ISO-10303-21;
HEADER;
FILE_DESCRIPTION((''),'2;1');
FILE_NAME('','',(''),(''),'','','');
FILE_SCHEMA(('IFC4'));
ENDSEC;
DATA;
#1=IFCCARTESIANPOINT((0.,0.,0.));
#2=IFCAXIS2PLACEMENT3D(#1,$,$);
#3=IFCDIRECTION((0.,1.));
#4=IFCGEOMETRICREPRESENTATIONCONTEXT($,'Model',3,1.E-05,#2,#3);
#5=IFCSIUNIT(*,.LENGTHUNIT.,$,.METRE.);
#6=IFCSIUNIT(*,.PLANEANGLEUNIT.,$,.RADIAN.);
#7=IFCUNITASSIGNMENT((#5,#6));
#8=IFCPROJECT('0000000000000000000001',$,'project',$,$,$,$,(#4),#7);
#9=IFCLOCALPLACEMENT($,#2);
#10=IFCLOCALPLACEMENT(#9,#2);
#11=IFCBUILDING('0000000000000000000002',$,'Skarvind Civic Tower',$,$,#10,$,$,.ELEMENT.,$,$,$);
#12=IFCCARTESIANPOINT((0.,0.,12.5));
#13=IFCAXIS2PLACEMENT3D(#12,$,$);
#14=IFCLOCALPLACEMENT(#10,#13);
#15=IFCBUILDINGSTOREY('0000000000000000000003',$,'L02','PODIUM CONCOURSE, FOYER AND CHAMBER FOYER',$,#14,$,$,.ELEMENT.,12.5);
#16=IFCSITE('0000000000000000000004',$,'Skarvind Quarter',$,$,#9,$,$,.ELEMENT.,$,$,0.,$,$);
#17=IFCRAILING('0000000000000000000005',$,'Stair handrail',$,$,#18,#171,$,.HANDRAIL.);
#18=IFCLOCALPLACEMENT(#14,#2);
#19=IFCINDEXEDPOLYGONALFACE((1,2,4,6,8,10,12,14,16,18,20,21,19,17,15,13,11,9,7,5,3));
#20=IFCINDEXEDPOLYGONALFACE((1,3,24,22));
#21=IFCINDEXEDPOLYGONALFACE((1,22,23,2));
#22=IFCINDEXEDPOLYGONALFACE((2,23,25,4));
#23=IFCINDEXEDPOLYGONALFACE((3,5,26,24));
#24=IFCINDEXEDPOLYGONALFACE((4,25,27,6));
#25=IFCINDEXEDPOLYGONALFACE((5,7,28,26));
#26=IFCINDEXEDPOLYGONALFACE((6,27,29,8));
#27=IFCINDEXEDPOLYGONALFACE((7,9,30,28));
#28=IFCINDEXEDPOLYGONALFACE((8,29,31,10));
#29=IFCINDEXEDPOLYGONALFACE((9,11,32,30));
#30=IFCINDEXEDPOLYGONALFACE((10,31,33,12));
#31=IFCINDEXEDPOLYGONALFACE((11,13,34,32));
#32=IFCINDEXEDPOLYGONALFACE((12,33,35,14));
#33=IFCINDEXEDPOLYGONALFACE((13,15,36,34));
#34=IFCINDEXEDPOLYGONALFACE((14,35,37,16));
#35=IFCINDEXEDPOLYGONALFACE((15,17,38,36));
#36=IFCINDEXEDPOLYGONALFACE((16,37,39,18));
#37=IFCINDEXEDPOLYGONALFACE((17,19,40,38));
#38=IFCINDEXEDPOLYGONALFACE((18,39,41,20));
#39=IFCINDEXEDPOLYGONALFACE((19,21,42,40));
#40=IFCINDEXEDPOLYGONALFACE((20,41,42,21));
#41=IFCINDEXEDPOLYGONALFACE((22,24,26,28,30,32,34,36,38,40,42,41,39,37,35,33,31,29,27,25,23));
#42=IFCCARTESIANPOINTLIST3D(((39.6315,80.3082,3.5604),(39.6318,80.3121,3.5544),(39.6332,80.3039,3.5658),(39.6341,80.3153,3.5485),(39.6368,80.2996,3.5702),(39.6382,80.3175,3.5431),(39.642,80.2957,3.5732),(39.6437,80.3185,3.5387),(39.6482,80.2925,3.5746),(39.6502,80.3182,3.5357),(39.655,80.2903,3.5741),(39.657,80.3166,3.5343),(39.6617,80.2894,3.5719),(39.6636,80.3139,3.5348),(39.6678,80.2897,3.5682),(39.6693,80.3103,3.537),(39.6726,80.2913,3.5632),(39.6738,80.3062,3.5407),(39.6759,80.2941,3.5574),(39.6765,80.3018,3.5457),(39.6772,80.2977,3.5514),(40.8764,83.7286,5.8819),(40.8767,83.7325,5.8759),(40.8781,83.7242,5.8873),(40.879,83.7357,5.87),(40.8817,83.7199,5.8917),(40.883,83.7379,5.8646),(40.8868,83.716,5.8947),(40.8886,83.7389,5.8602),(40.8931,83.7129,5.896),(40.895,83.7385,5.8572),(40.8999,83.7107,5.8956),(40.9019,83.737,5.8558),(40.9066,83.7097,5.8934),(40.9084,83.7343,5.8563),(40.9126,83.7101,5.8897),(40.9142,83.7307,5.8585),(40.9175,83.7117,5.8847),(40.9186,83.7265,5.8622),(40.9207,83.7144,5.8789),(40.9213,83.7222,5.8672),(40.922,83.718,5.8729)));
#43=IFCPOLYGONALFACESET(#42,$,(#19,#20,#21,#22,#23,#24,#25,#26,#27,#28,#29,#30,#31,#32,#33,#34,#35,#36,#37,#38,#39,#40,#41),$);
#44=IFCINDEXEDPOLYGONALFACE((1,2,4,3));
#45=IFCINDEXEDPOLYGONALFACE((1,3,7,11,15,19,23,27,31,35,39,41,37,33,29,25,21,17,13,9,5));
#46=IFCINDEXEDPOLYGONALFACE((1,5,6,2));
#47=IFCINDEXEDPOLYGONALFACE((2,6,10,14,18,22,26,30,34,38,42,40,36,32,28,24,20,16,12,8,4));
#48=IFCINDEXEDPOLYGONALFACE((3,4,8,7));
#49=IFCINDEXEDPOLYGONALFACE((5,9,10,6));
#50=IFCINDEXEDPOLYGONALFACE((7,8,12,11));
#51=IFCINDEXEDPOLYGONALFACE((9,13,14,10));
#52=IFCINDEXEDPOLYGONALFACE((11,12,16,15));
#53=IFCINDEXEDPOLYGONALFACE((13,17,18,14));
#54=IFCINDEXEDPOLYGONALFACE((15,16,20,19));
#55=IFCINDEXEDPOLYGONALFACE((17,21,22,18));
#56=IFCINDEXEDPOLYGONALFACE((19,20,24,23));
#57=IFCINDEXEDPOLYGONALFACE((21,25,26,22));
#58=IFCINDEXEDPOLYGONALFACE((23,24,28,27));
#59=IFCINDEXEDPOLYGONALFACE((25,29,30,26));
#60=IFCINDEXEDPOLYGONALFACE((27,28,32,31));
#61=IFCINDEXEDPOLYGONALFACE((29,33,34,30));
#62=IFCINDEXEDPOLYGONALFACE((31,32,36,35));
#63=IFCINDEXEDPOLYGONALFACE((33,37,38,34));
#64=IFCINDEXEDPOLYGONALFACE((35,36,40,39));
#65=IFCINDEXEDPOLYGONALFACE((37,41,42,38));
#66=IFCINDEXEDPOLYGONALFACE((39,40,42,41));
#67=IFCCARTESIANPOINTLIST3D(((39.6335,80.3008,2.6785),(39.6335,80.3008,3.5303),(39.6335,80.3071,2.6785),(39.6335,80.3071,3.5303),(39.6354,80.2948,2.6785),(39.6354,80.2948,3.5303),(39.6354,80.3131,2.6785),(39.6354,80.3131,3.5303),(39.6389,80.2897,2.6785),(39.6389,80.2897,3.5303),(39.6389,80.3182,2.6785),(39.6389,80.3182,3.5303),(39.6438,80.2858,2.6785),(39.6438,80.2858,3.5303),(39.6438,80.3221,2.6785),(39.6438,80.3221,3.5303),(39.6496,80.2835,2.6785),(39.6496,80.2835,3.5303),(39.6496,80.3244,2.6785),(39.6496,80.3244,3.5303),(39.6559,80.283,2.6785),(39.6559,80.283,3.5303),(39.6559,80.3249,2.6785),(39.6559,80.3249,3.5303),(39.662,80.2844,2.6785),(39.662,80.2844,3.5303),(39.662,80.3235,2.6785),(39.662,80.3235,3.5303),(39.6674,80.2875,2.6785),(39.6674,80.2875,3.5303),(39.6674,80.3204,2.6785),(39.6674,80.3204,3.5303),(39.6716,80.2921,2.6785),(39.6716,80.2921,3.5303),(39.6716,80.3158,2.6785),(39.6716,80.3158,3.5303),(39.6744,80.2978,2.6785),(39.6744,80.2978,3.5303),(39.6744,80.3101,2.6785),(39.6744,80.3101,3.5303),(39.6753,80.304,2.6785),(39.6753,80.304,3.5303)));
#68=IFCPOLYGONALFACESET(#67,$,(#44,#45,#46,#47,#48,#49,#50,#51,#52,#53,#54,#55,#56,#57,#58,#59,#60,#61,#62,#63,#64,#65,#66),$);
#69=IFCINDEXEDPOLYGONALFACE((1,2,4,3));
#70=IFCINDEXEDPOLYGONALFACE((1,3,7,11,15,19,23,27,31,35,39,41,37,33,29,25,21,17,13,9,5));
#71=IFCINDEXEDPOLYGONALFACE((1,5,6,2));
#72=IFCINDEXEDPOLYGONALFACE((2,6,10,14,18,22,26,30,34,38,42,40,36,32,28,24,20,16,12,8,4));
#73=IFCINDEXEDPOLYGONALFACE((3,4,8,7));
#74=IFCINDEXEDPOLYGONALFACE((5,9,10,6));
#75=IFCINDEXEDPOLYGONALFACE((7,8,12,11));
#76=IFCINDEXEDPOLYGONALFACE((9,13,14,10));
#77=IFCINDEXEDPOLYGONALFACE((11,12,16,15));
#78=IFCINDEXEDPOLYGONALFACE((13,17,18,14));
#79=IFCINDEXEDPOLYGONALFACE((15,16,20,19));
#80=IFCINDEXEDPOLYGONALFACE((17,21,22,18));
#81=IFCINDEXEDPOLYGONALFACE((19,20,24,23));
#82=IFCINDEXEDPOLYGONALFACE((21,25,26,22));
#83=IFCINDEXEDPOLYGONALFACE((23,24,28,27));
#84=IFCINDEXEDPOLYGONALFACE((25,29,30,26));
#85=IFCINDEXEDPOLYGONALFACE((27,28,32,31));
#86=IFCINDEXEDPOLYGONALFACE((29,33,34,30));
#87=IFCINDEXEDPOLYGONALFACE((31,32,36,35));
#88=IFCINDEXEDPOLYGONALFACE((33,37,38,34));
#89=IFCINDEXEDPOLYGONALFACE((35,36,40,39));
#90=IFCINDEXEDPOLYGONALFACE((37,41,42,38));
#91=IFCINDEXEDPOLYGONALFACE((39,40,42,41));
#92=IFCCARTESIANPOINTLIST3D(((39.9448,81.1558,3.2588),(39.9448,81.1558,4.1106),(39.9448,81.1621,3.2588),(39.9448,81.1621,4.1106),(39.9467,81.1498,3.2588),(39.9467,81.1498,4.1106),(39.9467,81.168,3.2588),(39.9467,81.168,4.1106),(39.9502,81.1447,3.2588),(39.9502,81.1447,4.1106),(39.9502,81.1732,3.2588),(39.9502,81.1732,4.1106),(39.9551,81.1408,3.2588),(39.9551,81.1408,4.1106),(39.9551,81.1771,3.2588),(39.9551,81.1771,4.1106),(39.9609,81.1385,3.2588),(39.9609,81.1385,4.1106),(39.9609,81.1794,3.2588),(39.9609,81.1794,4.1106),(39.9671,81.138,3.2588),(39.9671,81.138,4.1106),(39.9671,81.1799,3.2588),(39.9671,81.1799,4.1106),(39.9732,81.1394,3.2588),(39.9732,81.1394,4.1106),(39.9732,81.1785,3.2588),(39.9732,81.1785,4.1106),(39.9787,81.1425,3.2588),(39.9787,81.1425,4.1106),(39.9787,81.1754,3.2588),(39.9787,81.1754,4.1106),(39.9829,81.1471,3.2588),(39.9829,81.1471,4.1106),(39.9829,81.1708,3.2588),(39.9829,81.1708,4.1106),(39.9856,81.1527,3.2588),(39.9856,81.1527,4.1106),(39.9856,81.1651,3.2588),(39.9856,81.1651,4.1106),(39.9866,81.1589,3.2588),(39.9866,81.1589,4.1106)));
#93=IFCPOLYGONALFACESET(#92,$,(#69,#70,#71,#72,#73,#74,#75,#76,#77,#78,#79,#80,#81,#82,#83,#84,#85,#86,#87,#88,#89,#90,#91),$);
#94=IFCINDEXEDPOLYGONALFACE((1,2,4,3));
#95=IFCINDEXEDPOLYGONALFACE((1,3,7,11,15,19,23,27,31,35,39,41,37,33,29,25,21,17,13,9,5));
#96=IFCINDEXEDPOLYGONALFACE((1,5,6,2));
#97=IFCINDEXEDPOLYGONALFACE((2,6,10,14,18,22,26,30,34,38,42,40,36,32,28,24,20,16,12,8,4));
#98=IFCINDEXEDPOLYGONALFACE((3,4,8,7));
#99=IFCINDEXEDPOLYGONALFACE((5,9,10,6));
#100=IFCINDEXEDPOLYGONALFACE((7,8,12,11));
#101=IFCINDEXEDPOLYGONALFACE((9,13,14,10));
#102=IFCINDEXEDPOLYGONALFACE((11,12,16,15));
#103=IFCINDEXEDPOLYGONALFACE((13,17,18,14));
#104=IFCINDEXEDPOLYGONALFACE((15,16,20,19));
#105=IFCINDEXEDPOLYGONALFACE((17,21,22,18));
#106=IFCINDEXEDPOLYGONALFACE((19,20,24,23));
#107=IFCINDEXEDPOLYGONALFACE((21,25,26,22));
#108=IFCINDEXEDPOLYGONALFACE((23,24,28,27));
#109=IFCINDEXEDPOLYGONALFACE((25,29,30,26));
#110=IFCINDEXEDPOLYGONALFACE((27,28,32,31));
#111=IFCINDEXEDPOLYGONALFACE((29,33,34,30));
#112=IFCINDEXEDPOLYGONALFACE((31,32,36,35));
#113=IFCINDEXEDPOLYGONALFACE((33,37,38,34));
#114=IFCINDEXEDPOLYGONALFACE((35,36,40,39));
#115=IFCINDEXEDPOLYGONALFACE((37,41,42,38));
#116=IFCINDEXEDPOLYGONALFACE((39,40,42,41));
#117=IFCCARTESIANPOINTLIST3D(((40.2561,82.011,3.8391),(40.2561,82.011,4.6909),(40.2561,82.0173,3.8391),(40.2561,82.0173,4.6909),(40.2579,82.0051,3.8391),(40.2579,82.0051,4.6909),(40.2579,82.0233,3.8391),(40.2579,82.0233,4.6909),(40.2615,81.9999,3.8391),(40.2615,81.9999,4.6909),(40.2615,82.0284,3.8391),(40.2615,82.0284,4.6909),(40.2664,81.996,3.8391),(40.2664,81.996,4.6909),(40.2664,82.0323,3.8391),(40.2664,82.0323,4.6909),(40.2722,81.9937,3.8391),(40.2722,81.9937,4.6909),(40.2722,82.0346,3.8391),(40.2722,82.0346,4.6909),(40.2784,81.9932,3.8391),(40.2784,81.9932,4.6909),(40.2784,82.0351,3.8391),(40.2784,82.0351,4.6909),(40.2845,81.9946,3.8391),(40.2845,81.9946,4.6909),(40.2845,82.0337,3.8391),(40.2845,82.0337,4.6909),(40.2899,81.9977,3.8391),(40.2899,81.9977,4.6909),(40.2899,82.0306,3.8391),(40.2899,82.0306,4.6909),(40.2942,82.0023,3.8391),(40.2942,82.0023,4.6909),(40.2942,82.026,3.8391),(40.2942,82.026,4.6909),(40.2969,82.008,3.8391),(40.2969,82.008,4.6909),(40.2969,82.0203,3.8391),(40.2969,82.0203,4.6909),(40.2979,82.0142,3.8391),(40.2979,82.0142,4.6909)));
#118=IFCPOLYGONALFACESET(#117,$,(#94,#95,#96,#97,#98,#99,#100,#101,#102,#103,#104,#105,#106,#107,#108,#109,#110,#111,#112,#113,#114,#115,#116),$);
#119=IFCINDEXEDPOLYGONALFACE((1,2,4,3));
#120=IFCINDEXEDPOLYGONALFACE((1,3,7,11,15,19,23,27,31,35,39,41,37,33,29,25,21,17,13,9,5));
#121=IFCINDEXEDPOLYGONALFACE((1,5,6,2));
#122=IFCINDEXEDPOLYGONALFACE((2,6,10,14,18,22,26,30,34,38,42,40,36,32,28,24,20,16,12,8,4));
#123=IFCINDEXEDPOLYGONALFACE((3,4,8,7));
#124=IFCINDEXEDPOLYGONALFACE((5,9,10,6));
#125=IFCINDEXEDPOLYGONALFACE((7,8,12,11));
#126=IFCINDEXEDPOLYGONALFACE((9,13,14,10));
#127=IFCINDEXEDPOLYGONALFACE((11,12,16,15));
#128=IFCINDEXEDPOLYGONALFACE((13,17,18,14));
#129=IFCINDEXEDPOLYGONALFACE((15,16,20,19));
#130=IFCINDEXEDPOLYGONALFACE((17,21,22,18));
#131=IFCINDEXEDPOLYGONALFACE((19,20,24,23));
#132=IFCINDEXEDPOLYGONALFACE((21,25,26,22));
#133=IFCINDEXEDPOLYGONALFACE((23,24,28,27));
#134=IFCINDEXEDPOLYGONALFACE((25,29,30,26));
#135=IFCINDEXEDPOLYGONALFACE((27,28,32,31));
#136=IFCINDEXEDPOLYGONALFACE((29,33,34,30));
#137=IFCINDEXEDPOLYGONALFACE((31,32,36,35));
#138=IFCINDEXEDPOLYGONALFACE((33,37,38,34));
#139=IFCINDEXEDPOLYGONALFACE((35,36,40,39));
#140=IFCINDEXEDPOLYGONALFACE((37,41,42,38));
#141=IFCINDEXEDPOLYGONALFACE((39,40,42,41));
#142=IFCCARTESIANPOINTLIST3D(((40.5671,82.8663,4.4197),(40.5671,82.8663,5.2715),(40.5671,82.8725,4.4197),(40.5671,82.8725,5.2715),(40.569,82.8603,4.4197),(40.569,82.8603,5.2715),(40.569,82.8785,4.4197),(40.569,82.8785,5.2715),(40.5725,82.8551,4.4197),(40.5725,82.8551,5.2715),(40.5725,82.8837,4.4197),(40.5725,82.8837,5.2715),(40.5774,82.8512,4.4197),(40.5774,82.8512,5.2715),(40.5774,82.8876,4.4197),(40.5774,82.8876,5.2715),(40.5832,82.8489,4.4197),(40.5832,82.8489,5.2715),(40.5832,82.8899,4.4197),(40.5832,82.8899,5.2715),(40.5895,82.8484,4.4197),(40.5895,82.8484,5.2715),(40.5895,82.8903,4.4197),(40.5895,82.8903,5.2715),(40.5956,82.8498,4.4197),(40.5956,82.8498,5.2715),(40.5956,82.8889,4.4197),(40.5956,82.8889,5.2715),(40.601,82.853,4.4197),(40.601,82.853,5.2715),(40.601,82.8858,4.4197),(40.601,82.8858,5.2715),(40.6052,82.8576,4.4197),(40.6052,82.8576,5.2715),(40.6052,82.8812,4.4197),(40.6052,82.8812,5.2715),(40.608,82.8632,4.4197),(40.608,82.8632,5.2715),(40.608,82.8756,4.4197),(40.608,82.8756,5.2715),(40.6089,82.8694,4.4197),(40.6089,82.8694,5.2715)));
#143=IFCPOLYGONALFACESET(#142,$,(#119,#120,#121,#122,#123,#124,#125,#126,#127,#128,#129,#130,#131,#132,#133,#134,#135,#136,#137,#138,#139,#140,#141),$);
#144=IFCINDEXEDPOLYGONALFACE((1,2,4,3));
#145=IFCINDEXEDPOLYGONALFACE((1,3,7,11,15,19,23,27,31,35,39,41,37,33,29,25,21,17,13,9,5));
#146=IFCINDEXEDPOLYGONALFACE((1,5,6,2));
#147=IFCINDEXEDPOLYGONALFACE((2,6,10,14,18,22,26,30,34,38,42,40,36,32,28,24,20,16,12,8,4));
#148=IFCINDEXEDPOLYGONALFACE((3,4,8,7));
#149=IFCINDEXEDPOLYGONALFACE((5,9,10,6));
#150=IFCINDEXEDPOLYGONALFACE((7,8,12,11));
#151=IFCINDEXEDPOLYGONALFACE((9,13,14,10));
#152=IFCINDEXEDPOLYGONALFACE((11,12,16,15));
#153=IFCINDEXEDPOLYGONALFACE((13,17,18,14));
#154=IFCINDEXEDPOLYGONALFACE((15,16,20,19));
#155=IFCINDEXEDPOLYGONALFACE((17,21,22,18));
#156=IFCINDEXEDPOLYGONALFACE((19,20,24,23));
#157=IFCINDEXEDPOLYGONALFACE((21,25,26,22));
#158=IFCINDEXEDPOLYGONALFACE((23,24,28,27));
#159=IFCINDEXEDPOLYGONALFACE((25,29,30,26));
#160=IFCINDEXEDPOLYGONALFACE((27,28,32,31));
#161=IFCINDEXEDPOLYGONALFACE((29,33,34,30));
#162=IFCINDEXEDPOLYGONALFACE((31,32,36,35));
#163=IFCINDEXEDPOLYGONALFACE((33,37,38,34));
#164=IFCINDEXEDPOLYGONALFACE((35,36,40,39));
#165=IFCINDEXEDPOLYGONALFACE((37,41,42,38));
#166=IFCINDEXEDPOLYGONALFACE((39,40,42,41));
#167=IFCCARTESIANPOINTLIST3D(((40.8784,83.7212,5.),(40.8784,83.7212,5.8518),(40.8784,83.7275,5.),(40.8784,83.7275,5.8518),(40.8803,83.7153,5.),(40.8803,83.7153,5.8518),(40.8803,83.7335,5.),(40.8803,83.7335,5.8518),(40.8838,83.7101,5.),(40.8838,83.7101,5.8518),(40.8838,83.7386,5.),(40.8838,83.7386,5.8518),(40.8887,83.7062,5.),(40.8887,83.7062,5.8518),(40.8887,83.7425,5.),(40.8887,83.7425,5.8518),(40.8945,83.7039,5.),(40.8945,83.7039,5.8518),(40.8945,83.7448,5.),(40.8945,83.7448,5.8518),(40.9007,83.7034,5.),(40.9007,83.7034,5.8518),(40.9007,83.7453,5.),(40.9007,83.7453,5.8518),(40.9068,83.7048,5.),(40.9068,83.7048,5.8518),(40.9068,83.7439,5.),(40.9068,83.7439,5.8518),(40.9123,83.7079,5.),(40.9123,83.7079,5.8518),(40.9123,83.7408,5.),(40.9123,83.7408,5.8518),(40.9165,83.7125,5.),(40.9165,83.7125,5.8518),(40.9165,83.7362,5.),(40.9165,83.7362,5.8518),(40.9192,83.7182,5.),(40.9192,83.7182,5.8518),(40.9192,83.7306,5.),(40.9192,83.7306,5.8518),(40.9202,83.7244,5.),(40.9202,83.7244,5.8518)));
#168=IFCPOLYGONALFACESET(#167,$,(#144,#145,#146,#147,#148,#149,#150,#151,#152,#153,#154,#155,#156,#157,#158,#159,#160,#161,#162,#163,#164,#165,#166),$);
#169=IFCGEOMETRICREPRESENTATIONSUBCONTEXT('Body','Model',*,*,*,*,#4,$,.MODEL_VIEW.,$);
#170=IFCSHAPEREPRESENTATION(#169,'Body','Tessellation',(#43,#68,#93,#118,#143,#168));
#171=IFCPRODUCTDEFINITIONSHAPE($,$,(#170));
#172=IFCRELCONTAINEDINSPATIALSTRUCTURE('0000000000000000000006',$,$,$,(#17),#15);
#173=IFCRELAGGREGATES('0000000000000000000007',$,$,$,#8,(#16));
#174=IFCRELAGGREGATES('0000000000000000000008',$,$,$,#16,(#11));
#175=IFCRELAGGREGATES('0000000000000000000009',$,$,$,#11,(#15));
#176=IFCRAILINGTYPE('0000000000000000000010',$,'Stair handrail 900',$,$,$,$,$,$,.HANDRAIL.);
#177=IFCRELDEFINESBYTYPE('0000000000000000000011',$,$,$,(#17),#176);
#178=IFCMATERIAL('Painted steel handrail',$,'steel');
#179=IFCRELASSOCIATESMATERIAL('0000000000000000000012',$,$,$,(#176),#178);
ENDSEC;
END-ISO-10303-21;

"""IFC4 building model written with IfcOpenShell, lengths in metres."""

from ifc_helpers import new_model, si_unit, direction, frame, origin, origin_2d, place, context, subcontext, project, spatial, circle, extrude, material, type_object, element, save


model = new_model("IFC4")

# Units and contexts
model_context = context("Model", 3, precision=1e-05, world=origin(), true_north=direction((0.0, 1.0)))
body_context = subcontext(model_context, "Body", "Model", "MODEL_VIEW")
ifc_project = project(units=[si_unit("LENGTHUNIT", "METRE"), si_unit("PLANEANGLEUNIT", "RADIAN")], contexts=[model_context])

# Site, building, storey
site_placement = place(None, origin())
site = spatial("IfcSite", under=ifc_project, at=site_placement, Name="Skarvind Quarter", CompositionType="ELEMENT", RefElevation=0.0)
building_placement = place(site_placement, origin())
building = spatial("IfcBuilding", under=site, at=building_placement, Name="Skarvind Civic Tower", CompositionType="ELEMENT")
storey_placement = place(building_placement, frame((0.0, 0.0, 12.5)))
storey = spatial("IfcBuildingStorey", under=building, at=storey_placement, Name="L02", Description="PODIUM CONCOURSE, FOYER AND CHAMBER FOYER", CompositionType="ELEMENT", Elevation=12.5)

# Railing
ifc_material_1 = material(Name="Painted steel handrail", Category="steel")
railing_type = type_object("IfcRailingType", Name="Stair handrail 900", PredefinedType="HANDRAIL", material=ifc_material_1)
railing_1_placement = place(storey_placement, frame((39.6543, 80.304, 2.6785)))
element("IfcRailing", 1, at=railing_1_placement, inside=storey, type_object=railing_type, Name="Stair handrail", PredefinedType="HANDRAIL", context=body_context, shape_type="SweptSolid", body=[
    extrude(circle(Radius=0.0239, at=origin_2d()), frame((0.0, 0.0, 0.876), z_axis=(0.28835, 0.792271, 0.537737), x_axis=(-0.939697, 0.342007, 0.0)), (0.0, 0.0, 1.0), 4.3171),
    extrude(circle(Radius=0.021, at=origin_2d()), origin(), (0.0, 0.0, 1.0), 0.8518),
    extrude(circle(Radius=0.021, at=origin_2d()), frame((0.3113, 0.855, 0.5803)), (0.0, 0.0, 1.0), 0.8518),
    extrude(circle(Radius=0.021, at=origin_2d()), frame((0.6226, 1.7102, 1.1606)), (0.0, 0.0, 1.0), 0.8518),
    extrude(circle(Radius=0.021, at=origin_2d()), frame((0.9336, 2.5654, 1.7412)), (0.0, 0.0, 1.0), 0.8518),
    extrude(circle(Radius=0.021, at=origin_2d()), frame((1.2449, 3.4204, 2.3215)), (0.0, 0.0, 1.0), 0.8518),
])

save(model, "model.ifc")
